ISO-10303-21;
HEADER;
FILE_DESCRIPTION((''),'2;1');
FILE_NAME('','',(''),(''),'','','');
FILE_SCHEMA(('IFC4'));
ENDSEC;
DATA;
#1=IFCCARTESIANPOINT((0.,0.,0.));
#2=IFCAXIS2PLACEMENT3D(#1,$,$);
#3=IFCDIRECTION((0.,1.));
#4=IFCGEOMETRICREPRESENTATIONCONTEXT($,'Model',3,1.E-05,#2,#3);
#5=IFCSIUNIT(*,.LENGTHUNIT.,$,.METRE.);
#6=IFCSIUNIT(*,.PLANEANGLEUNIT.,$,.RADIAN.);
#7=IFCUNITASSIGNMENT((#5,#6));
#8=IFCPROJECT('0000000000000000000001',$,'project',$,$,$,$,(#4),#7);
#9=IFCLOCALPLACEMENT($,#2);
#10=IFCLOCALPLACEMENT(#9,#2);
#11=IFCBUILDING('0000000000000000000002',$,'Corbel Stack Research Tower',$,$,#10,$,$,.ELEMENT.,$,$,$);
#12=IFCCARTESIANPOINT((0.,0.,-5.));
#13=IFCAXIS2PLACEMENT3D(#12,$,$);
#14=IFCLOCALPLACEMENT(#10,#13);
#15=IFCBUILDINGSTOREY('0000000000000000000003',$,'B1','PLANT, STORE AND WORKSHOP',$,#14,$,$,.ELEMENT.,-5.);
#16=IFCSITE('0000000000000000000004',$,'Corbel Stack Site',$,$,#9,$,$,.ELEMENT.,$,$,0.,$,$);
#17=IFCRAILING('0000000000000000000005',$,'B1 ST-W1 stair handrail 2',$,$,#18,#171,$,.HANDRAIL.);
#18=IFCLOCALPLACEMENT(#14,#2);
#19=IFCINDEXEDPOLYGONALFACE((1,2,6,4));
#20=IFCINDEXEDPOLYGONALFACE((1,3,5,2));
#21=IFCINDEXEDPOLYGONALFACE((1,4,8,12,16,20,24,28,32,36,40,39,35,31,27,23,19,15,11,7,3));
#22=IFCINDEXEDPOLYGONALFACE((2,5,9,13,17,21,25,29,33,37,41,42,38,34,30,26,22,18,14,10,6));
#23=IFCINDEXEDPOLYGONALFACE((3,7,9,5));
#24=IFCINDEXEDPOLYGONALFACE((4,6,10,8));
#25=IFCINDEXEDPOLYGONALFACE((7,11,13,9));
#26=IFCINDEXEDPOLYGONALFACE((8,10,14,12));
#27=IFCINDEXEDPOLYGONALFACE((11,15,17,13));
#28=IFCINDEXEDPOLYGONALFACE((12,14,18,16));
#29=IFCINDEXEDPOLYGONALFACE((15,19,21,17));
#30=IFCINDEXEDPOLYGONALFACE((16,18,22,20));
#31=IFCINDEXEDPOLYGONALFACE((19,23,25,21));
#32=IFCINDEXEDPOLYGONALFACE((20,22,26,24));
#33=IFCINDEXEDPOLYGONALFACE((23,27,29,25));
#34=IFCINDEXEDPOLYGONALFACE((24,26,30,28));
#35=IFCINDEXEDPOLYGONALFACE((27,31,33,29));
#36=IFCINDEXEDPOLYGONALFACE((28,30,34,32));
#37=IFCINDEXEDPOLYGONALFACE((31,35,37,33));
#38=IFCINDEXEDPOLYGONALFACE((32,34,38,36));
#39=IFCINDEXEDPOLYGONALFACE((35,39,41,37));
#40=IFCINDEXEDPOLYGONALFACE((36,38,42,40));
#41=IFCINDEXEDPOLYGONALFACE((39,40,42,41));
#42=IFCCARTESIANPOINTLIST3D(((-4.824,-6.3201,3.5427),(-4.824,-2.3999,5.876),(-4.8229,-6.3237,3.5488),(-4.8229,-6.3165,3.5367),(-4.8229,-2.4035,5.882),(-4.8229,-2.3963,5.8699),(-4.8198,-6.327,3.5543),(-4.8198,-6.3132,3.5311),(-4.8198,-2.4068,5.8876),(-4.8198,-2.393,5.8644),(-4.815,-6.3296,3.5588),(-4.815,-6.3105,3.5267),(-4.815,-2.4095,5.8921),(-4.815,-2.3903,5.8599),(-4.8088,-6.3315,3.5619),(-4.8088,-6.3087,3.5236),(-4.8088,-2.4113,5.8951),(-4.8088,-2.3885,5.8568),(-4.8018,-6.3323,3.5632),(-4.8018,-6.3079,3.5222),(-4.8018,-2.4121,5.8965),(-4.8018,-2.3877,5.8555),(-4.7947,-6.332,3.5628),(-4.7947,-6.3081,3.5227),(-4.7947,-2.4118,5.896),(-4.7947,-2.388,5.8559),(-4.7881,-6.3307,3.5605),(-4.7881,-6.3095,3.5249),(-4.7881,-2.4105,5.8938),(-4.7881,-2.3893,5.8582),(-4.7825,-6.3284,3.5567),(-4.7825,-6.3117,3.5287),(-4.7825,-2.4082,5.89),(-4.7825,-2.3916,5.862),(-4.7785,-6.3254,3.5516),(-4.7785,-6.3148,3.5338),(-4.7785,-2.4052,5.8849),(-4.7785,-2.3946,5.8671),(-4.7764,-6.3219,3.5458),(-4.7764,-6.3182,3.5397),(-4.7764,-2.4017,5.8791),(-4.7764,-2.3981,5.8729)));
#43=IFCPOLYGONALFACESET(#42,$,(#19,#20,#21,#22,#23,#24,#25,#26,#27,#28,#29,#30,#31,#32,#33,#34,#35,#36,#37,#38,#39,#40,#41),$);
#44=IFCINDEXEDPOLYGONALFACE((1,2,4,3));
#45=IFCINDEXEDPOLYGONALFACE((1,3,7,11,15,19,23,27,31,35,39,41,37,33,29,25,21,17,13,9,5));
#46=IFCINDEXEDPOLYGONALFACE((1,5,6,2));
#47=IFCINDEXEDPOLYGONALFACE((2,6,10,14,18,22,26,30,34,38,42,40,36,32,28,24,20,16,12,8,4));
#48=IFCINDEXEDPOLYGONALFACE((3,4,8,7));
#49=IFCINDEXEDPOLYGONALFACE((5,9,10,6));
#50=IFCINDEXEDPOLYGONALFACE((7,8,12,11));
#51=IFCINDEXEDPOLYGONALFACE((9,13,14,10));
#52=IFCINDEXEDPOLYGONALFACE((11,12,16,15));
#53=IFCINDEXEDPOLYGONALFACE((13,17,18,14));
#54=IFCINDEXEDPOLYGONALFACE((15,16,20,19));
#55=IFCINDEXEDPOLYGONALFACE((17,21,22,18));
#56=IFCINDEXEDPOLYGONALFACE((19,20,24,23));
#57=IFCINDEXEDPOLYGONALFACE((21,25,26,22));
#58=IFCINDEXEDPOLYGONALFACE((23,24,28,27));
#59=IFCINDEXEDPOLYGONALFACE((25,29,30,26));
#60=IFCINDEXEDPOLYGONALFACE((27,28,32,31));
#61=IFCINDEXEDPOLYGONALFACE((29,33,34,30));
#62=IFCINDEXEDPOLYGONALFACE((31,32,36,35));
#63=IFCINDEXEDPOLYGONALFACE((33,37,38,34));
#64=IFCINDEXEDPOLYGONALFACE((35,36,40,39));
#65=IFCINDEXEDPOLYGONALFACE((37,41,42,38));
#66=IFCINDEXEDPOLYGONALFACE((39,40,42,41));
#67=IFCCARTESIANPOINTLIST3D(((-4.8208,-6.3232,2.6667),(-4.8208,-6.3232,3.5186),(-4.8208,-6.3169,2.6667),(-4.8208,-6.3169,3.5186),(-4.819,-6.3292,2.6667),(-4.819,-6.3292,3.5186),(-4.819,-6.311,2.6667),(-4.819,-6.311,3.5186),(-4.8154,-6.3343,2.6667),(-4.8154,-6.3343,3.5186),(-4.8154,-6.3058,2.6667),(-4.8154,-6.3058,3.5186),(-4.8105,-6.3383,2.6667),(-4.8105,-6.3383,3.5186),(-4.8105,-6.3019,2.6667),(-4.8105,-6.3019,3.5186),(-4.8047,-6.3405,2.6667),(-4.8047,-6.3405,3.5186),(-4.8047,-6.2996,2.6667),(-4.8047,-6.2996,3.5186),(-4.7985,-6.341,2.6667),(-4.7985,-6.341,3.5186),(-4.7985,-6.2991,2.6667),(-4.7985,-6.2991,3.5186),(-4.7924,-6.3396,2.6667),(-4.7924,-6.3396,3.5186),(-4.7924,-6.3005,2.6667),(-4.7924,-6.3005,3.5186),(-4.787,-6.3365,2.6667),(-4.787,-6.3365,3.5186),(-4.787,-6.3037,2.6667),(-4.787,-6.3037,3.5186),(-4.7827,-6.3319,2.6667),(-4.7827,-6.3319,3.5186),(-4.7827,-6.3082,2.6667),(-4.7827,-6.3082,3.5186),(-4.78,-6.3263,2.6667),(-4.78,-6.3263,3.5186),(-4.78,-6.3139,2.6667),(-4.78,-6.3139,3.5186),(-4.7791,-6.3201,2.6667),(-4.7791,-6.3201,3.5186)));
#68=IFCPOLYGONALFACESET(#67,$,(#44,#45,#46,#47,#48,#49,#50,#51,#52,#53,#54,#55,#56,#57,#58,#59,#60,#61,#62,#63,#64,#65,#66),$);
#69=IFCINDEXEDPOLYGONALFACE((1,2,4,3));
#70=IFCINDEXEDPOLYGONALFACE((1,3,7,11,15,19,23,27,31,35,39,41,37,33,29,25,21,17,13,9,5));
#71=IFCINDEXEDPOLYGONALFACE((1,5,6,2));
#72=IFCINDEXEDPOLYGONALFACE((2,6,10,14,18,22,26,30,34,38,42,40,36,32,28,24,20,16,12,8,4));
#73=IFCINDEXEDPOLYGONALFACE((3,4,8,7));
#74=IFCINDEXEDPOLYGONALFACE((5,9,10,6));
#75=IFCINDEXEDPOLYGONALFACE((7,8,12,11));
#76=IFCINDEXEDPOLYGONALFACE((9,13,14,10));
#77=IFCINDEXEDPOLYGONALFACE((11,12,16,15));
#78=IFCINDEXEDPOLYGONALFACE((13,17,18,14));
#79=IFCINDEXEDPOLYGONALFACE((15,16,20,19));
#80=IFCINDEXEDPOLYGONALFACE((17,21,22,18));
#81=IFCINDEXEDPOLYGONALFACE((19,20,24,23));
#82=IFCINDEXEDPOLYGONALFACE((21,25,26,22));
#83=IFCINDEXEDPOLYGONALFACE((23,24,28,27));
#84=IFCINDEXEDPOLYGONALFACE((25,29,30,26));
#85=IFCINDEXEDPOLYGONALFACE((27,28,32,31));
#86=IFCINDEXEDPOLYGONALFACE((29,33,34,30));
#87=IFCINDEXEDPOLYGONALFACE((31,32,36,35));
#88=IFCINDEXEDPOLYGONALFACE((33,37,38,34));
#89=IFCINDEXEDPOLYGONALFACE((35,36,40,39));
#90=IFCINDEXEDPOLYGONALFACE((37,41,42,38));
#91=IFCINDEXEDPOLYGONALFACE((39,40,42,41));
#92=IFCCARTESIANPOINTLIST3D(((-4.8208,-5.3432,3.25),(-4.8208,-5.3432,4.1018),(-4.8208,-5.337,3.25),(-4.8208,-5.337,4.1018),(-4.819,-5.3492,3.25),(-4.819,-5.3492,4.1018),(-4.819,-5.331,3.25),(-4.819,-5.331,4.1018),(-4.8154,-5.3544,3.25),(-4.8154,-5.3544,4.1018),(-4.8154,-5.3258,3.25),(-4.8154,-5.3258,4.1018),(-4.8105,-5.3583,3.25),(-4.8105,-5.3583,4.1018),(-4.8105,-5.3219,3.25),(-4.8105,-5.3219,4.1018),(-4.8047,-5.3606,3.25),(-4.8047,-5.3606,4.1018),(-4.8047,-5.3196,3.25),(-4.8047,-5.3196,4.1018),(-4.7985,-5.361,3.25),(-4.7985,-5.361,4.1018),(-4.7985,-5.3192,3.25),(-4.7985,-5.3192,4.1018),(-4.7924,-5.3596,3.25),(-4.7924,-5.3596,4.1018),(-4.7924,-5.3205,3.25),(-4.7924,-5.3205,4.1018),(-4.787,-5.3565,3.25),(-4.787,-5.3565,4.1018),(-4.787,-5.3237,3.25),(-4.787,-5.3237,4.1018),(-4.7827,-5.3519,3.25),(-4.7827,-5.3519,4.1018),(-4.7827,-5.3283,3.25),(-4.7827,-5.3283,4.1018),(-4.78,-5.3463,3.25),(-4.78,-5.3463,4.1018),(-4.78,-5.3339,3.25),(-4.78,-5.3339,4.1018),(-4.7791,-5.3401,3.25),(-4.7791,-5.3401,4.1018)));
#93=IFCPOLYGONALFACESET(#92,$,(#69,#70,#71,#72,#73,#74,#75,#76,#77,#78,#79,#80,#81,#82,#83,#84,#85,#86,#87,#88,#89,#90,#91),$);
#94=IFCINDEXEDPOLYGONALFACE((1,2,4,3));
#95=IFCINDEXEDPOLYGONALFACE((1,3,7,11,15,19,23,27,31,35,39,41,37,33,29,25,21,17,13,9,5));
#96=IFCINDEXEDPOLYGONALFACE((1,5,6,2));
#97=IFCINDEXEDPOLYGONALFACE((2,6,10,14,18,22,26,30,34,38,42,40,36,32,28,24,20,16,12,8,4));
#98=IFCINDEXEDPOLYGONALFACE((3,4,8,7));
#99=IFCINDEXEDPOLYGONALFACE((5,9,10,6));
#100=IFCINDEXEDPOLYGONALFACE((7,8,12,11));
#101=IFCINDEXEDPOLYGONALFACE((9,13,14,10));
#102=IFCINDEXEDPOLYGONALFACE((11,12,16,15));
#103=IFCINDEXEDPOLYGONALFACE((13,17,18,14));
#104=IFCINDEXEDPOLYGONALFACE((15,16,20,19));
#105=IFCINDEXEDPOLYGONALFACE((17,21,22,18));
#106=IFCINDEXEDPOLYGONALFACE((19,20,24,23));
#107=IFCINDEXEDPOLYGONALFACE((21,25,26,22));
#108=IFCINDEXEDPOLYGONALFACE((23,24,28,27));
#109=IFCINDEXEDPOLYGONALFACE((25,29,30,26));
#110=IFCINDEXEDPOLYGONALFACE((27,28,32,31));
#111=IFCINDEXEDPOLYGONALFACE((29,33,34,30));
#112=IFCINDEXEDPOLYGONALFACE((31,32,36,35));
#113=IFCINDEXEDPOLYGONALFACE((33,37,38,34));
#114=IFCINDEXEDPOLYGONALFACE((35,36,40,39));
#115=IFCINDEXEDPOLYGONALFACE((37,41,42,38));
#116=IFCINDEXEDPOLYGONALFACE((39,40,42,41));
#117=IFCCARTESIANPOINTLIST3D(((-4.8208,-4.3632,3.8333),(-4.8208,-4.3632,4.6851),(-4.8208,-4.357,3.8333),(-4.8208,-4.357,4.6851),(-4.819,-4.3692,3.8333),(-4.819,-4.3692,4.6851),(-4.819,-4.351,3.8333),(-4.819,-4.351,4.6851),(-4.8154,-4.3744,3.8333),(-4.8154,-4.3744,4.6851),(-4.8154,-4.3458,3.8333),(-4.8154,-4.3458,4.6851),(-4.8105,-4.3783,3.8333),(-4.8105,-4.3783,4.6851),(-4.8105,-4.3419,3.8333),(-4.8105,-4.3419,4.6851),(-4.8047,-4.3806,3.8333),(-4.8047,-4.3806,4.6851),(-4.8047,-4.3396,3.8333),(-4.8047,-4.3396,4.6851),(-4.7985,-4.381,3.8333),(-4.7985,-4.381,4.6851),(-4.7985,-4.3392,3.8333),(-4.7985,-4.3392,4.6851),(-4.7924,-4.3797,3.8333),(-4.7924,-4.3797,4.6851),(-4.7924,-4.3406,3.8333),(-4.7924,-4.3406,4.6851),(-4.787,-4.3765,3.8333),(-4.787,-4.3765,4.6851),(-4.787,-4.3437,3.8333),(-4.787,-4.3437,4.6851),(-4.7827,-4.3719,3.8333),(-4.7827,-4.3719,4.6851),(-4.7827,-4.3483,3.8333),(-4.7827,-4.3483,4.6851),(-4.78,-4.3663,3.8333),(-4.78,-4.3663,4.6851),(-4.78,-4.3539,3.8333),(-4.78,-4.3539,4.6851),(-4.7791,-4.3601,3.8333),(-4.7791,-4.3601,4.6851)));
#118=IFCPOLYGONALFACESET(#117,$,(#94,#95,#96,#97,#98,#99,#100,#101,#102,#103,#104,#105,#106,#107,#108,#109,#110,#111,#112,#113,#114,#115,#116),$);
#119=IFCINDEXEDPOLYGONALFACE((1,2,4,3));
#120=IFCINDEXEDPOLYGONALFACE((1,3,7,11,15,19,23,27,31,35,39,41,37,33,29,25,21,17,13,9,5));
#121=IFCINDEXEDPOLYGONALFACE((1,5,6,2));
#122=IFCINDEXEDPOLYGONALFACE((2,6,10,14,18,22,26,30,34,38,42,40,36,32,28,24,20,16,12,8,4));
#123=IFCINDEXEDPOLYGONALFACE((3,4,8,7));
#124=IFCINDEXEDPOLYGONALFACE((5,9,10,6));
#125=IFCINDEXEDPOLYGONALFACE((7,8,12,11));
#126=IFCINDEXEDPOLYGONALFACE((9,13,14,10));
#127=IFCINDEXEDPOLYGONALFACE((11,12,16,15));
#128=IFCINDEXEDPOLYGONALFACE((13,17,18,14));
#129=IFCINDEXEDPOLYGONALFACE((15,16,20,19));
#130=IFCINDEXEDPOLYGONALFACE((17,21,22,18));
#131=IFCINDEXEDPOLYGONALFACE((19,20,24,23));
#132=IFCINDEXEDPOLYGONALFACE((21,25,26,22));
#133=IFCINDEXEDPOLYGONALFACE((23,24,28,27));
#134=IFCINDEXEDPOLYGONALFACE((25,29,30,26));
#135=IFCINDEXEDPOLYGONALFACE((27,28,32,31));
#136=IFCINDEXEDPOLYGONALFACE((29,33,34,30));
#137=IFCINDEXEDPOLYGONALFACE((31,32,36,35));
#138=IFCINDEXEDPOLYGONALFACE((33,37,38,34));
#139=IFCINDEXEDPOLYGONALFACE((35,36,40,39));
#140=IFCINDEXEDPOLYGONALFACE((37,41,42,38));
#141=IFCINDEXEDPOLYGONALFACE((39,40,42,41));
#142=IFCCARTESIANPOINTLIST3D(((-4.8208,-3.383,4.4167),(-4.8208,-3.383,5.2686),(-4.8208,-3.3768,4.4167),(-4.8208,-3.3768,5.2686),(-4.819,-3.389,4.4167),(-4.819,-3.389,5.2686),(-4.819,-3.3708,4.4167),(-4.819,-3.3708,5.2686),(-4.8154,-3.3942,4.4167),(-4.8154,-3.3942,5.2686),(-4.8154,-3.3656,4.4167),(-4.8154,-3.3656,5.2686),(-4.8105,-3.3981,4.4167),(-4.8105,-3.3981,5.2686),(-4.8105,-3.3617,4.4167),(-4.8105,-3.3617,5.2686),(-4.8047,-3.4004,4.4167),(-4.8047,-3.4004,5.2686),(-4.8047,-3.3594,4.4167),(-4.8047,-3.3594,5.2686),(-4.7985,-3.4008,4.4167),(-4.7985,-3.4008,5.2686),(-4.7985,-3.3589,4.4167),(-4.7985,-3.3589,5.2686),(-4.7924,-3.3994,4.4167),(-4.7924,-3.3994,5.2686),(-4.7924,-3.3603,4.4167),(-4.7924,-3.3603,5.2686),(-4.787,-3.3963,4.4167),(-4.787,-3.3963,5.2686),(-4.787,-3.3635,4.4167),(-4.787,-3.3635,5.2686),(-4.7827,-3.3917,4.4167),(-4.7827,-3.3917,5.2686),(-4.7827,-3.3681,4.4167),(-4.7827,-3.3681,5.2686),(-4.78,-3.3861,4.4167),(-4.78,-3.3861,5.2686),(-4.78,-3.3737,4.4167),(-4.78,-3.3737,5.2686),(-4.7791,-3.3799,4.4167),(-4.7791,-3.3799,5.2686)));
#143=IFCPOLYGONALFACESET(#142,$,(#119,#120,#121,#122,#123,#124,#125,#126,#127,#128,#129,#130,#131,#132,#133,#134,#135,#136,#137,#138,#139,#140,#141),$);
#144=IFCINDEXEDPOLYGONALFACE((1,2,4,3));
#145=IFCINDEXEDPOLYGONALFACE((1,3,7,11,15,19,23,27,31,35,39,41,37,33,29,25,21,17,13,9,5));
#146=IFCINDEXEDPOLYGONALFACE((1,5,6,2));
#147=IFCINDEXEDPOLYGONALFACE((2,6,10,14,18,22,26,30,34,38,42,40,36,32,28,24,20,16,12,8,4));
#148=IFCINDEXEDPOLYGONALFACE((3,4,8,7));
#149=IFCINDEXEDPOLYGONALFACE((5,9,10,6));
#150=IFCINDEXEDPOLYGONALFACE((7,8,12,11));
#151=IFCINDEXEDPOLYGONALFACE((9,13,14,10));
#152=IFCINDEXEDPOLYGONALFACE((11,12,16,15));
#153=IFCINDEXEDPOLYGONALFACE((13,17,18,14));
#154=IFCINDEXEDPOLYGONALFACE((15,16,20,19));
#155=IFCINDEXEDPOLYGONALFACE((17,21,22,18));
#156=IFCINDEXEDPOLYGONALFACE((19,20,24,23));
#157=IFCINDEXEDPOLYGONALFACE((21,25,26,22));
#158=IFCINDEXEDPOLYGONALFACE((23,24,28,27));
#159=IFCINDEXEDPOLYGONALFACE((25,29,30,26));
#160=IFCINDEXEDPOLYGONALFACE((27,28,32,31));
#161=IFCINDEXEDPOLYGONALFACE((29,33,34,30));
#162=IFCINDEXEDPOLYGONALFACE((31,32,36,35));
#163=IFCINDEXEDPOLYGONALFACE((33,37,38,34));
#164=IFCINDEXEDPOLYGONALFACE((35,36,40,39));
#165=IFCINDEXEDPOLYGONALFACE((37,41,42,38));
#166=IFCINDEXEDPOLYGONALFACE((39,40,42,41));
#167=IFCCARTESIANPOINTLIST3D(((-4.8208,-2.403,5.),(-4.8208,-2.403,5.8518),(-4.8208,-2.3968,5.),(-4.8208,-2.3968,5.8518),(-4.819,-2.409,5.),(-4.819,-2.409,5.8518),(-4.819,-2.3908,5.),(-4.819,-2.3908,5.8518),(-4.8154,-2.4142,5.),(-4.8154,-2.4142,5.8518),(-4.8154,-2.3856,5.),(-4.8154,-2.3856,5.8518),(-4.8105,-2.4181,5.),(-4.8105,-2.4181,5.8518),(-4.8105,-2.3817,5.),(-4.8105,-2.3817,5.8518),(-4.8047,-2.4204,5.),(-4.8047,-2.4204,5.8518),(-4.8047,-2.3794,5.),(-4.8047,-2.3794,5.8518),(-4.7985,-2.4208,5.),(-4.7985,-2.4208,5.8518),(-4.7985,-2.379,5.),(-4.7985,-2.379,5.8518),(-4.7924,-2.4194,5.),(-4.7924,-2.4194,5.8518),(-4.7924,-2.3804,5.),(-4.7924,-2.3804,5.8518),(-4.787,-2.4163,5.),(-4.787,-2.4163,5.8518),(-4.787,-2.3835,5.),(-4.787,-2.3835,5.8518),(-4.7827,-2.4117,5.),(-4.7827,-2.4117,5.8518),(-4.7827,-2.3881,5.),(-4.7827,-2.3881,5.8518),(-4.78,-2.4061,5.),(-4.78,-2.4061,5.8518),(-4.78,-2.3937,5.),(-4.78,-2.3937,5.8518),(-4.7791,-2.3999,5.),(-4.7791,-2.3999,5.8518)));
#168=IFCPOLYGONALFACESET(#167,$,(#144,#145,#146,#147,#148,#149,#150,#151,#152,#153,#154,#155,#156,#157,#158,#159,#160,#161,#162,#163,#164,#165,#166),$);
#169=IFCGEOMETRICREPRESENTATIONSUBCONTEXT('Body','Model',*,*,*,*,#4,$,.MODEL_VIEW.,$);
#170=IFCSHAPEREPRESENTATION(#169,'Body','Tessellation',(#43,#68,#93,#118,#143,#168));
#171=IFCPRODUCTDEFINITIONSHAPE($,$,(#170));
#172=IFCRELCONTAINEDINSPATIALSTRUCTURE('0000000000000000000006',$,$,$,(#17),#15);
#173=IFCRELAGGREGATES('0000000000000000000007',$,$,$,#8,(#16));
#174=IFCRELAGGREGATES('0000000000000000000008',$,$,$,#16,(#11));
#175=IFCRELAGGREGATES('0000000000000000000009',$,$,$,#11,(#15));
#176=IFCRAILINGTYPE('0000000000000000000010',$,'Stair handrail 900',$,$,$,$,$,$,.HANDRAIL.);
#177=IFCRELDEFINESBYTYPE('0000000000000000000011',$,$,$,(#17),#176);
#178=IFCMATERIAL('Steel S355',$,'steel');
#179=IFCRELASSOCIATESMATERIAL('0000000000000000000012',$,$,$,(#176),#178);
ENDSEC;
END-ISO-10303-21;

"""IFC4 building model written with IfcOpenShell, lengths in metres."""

from ifc_helpers import new_model, si_unit, direction, frame, origin, origin_2d, place, context, subcontext, project, spatial, circle, extrude, material, type_object, element, save


model = new_model("IFC4")

# Units and contexts
model_context = context("Model", 3, precision=1e-05, world=origin(), true_north=direction((0.0, 1.0)))
body_context = subcontext(model_context, "Body", "Model", "MODEL_VIEW")
ifc_project = project(units=[si_unit("LENGTHUNIT", "METRE"), si_unit("PLANEANGLEUNIT", "RADIAN")], contexts=[model_context])

# Site, building, storey
site_placement = place(None, origin())
site = spatial("IfcSite", under=ifc_project, at=site_placement, Name="Corbel Stack Site", CompositionType="ELEMENT", RefElevation=0.0)
building_placement = place(site_placement, origin())
building = spatial("IfcBuilding", under=site, at=building_placement, Name="Corbel Stack Research Tower", CompositionType="ELEMENT")
storey_placement = place(building_placement, frame((0.0, 0.0, -5.0)))
storey = spatial("IfcBuildingStorey", under=building, at=storey_placement, Name="B1", Description="PLANT, STORE AND WORKSHOP", CompositionType="ELEMENT", Elevation=-5.0)

# Railing
ifc_material_1 = material(Name="Steel S355", Category="steel")
railing_type_1 = type_object("IfcRailingType", Name="Stair handrail 900", PredefinedType="HANDRAIL", material=ifc_material_1)
railing_1_placement = place(storey_placement, frame((-4.8, -6.3201, 2.6667)))
element("IfcRailing", 1, at=railing_1_placement, inside=storey, type_object=railing_type_1, Name="B1 ST-W1 stair handrail 2", PredefinedType="HANDRAIL", context=body_context, shape_type="SweptSolid", body=[
    extrude(circle(Radius=0.0239, at=origin_2d()), frame((0.0, 0.0, 0.876), z_axis=(0.0, 0.85931, 0.511455), x_axis=(-1.0, 0.0, 0.0)), (0.0, 0.0, 1.0), 4.562),
    extrude(circle(Radius=0.021, at=origin_2d()), origin(), (0.0, 0.0, 1.0), 0.8518),
    extrude(circle(Radius=0.021, at=origin_2d()), frame((0.0, 0.98, 0.5833)), (0.0, 0.0, 1.0), 0.8518),
    extrude(circle(Radius=0.021, at=origin_2d()), frame((0.0, 1.96, 1.1665)), (0.0, 0.0, 1.0), 0.8518),
    extrude(circle(Radius=0.021, at=origin_2d()), frame((0.0, 2.9402, 1.75)), (0.0, 0.0, 1.0), 0.8518),
    extrude(circle(Radius=0.021, at=origin_2d()), frame((0.0, 3.9202, 2.3333)), (0.0, 0.0, 1.0), 0.8518),
])

save(model, "model.ifc")
